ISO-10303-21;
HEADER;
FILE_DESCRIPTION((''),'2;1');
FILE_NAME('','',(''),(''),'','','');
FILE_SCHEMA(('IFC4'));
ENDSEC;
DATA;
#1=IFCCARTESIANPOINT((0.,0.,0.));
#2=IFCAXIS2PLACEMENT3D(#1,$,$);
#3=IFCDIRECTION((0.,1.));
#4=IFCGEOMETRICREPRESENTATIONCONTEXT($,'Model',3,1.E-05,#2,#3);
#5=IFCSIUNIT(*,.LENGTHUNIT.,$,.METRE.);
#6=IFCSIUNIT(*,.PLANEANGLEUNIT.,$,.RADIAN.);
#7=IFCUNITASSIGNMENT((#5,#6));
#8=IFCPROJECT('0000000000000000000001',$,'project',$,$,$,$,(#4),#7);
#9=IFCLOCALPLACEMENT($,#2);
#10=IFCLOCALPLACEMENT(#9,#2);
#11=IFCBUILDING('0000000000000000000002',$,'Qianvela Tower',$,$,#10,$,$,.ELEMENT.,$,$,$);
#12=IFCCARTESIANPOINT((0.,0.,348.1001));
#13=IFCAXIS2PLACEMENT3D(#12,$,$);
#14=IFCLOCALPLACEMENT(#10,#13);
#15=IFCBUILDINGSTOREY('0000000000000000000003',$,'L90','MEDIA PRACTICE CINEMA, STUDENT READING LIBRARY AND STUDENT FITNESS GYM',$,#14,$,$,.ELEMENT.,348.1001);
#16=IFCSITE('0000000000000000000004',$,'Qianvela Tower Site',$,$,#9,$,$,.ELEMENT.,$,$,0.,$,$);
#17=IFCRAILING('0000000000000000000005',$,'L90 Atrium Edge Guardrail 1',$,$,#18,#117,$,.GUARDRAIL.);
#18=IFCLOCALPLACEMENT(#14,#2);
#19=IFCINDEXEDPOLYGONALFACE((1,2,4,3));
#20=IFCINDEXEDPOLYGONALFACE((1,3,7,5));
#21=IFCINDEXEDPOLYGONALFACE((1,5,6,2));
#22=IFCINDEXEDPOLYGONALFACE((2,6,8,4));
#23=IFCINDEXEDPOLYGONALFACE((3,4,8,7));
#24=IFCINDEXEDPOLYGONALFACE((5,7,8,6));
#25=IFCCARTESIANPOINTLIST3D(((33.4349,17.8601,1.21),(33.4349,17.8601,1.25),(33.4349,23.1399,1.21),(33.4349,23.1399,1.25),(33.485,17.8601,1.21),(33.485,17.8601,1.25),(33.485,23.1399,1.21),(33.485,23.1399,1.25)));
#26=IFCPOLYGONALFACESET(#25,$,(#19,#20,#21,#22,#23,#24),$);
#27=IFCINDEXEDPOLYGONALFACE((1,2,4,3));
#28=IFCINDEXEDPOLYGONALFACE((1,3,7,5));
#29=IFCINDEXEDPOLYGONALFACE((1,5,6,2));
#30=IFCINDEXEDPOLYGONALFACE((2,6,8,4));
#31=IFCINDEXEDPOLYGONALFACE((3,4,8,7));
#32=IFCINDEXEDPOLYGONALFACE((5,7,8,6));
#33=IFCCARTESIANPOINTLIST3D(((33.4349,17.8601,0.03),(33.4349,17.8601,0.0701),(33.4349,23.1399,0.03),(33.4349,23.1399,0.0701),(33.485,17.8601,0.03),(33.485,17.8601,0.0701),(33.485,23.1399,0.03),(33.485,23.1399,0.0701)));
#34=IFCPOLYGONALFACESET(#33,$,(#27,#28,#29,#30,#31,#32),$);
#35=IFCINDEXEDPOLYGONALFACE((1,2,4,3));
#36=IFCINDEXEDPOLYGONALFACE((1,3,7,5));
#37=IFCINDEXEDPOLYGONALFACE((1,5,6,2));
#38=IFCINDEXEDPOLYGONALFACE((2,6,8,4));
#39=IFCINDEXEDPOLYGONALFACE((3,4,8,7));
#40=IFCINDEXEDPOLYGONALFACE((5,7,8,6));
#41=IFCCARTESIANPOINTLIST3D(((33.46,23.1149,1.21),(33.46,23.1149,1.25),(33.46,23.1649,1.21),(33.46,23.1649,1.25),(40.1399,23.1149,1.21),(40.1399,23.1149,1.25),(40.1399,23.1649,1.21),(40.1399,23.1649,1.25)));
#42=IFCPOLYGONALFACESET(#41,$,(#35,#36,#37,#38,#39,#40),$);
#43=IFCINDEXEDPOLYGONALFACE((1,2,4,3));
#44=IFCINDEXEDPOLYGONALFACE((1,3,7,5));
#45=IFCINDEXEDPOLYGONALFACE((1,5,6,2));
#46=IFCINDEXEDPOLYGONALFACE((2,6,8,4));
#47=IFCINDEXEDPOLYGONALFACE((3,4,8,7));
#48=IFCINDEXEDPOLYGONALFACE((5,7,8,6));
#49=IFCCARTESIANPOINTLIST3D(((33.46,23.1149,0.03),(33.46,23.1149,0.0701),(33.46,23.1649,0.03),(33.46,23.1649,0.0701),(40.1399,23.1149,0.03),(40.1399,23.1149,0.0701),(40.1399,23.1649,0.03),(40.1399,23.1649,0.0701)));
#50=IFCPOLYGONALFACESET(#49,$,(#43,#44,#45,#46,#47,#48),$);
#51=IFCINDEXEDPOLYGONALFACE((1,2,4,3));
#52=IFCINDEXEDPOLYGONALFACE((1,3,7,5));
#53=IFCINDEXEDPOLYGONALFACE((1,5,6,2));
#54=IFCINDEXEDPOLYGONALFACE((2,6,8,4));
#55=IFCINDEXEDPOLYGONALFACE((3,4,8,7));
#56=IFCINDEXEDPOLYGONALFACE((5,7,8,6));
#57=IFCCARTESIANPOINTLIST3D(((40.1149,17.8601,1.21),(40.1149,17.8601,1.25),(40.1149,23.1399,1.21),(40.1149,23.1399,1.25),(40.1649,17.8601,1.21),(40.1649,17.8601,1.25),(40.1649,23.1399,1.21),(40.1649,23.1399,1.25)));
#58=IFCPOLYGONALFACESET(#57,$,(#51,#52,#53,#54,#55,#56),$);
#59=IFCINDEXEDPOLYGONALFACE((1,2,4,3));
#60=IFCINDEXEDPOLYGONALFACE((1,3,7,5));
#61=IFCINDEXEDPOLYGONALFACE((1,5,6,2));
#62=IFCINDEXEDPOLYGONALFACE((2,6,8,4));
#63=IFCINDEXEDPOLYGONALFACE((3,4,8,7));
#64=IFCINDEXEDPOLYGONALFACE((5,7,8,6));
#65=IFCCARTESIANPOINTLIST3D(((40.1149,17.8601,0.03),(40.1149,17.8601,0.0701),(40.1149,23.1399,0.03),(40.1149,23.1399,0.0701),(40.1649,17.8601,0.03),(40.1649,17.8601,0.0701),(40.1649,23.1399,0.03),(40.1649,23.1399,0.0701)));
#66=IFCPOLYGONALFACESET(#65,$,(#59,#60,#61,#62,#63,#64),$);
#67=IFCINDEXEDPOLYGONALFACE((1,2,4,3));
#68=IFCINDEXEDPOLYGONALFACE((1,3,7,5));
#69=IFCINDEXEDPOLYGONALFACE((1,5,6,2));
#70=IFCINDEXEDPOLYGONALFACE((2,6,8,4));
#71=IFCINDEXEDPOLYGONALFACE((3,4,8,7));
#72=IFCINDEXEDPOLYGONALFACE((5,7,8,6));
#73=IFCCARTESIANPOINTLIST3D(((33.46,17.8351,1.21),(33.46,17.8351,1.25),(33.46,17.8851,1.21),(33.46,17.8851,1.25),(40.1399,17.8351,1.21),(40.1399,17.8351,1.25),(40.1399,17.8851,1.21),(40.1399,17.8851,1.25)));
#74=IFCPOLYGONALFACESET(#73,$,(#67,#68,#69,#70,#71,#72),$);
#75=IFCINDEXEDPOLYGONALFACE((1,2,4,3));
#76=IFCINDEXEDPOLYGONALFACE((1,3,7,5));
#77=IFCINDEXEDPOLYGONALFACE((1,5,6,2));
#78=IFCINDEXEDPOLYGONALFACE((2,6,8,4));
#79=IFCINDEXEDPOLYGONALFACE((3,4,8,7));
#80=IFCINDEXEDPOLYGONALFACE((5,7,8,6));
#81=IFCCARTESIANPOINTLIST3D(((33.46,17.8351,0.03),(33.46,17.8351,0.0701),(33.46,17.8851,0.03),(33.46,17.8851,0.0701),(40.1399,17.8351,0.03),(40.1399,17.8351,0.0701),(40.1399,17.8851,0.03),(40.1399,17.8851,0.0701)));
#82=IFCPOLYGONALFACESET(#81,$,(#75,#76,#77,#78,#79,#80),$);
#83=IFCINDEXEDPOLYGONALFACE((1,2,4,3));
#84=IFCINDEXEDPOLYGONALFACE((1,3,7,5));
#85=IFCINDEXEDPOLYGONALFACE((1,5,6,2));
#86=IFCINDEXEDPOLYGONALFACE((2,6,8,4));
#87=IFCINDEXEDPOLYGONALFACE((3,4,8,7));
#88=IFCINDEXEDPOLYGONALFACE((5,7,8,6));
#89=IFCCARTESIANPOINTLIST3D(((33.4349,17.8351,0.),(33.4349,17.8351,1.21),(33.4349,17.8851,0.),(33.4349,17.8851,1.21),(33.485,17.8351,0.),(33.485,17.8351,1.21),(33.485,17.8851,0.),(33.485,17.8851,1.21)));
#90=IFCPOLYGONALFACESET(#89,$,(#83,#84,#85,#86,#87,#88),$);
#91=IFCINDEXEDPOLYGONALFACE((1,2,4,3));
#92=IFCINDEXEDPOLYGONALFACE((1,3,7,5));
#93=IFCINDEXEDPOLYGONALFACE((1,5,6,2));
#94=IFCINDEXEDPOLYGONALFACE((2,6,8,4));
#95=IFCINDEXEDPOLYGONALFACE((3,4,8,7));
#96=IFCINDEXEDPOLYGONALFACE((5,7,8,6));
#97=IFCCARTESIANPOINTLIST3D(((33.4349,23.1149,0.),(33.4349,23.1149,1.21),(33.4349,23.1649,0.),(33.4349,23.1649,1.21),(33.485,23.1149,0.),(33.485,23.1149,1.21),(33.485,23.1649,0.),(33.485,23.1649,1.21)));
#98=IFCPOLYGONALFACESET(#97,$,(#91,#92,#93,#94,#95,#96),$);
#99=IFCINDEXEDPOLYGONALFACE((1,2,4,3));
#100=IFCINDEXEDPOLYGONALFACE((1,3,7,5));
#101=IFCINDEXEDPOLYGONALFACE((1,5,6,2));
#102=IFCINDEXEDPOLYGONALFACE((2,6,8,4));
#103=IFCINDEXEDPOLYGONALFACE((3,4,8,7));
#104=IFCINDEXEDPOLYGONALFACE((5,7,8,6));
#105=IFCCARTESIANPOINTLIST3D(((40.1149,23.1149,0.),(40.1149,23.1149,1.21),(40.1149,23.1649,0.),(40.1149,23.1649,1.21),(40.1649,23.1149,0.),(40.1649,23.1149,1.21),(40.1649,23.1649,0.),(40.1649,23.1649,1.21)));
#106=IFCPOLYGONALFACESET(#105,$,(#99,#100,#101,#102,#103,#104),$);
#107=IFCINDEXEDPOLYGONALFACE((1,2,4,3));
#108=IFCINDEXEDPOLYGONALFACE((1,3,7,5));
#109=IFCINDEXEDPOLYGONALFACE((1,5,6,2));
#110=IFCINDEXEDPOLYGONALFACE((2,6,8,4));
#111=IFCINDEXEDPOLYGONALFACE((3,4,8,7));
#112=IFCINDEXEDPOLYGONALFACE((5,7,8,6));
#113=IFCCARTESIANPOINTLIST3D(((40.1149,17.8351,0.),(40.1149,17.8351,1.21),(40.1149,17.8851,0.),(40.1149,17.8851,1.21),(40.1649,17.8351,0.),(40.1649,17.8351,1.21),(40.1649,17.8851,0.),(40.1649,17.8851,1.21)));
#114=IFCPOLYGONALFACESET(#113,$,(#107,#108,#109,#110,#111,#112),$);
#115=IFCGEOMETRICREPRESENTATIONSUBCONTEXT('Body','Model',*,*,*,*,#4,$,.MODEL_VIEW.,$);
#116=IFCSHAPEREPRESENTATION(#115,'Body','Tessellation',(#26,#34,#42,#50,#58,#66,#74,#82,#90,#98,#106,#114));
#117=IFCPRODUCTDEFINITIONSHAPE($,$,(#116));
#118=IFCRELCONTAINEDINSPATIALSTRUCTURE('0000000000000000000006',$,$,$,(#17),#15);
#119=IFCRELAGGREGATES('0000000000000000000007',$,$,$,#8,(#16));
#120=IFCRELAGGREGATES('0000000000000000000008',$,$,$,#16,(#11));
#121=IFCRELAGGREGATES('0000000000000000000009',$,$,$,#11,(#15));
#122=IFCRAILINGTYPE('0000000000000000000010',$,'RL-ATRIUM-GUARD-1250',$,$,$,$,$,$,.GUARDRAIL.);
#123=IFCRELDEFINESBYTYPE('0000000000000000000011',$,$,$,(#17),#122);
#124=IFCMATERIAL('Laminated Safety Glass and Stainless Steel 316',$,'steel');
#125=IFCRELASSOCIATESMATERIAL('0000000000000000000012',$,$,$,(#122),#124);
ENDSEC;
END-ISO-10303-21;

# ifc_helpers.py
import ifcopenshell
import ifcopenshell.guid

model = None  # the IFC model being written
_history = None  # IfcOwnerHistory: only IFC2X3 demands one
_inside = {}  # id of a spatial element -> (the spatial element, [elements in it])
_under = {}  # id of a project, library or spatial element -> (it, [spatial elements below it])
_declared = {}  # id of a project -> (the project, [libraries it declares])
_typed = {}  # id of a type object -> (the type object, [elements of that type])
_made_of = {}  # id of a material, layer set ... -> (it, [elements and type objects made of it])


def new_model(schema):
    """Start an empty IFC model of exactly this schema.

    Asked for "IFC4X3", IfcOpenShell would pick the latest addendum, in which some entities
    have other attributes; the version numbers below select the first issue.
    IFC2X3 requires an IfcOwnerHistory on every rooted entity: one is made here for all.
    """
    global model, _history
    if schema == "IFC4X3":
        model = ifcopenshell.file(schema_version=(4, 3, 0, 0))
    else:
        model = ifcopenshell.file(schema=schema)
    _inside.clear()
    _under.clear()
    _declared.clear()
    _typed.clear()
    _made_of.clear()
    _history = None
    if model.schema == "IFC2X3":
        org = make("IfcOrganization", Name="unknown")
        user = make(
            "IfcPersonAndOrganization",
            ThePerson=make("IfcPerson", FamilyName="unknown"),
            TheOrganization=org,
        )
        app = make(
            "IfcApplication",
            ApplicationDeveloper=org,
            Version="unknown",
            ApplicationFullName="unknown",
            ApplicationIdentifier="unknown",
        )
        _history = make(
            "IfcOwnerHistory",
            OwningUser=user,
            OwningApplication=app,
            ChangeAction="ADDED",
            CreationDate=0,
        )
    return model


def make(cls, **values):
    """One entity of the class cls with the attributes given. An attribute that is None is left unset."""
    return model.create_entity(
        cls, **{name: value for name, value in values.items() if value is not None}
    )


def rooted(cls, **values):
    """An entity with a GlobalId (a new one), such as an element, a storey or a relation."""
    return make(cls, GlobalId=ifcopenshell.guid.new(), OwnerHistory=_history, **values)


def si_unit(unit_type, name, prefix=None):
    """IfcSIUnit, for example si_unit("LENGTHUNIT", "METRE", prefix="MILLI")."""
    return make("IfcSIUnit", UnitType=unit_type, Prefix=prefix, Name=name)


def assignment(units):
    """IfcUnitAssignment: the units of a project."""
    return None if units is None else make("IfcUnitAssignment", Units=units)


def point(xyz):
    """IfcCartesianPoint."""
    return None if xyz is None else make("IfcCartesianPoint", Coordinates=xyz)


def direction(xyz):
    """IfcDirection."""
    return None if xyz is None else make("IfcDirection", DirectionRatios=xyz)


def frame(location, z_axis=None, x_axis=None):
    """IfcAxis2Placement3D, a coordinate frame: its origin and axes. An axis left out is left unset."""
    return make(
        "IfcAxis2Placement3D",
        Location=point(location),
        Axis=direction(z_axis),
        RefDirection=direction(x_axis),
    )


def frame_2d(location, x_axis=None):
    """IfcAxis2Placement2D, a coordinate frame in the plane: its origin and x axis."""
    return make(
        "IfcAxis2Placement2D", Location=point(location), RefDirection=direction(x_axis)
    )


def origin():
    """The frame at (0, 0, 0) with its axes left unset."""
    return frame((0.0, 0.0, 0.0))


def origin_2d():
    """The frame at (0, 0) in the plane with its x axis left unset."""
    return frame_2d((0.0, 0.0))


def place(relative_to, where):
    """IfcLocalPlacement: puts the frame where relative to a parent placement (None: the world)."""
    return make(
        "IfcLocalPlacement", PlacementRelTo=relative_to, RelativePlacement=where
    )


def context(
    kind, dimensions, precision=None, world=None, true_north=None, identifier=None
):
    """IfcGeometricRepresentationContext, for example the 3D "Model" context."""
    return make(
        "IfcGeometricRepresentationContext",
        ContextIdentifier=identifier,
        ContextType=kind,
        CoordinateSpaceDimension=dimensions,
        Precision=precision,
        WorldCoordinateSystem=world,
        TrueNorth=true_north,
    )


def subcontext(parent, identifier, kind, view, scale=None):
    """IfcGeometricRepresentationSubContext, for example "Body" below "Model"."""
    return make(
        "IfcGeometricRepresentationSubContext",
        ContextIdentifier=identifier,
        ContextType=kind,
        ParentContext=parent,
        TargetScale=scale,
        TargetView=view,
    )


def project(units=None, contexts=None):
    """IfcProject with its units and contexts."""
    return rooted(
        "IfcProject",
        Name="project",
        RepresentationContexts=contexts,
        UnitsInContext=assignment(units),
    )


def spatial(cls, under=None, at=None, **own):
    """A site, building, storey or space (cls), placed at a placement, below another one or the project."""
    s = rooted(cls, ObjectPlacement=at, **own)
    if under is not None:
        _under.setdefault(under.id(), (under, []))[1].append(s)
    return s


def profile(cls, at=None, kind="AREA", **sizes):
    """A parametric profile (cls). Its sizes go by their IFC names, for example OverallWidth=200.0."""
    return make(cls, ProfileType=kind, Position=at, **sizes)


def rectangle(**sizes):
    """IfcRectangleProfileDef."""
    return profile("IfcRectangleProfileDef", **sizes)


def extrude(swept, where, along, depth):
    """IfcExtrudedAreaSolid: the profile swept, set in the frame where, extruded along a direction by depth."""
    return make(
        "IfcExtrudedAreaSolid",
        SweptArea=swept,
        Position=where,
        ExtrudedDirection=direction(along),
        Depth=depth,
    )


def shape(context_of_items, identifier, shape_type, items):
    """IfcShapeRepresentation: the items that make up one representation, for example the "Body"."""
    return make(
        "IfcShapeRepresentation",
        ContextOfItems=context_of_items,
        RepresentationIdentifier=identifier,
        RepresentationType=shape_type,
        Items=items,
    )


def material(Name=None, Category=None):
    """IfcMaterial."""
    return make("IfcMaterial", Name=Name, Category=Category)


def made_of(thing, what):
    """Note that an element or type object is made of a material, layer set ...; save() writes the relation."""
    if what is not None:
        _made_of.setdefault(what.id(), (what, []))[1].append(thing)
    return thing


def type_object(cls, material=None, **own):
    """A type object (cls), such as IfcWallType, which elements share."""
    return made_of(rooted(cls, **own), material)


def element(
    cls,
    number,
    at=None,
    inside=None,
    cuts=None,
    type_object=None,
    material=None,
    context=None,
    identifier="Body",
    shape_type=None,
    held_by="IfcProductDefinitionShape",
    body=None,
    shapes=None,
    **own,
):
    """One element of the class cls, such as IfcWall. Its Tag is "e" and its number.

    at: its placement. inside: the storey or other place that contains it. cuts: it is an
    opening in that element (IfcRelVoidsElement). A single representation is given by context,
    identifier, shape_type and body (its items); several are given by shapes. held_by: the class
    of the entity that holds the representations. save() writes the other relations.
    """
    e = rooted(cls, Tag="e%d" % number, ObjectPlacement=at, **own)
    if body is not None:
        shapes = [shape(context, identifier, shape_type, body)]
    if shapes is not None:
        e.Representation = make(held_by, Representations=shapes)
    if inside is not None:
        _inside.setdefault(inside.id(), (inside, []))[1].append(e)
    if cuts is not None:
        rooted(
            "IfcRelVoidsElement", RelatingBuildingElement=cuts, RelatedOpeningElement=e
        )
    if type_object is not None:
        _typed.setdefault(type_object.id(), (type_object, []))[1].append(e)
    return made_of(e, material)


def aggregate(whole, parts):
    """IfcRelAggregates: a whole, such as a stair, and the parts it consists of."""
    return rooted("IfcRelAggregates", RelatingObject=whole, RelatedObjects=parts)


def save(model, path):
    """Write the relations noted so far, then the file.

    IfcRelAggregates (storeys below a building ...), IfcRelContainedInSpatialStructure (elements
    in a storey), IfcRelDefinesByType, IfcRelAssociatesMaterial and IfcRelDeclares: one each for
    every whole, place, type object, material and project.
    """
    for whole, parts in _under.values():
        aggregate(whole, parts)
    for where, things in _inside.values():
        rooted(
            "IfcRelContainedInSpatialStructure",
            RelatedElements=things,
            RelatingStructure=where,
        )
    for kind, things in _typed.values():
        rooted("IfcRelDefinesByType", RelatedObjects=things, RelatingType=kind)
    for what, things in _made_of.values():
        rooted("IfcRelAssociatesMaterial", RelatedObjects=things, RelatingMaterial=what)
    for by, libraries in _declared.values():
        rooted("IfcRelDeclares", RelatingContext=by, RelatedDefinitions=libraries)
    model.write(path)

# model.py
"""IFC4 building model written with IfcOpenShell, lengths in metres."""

from ifc_helpers import new_model, si_unit, direction, frame, origin, origin_2d, place, context, subcontext, project, spatial, rectangle, extrude, material, type_object, element, save


model = new_model("IFC4")

# Units and contexts
model_context = context("Model", 3, precision=1e-05, world=origin(), true_north=direction((0.0, 1.0)))
body_context = subcontext(model_context, "Body", "Model", "MODEL_VIEW")
ifc_project = project(units=[si_unit("LENGTHUNIT", "METRE"), si_unit("PLANEANGLEUNIT", "RADIAN")], contexts=[model_context])

# Site, building, storey
site_placement = place(None, origin())
site = spatial("IfcSite", under=ifc_project, at=site_placement, Name="Qianvela Tower Site", CompositionType="ELEMENT", RefElevation=0.0)
building_placement = place(site_placement, origin())
building = spatial("IfcBuilding", under=site, at=building_placement, Name="Qianvela Tower", CompositionType="ELEMENT")
storey_placement = place(building_placement, frame((0.0, 0.0, 348.1001)))
storey = spatial("IfcBuildingStorey", under=building, at=storey_placement, Name="L90", Description="MEDIA PRACTICE CINEMA, STUDENT READING LIBRARY AND STUDENT FITNESS GYM", CompositionType="ELEMENT", Elevation=348.1001)

# Railing
ifc_material_1 = material(Name="Laminated Safety Glass and Stainless Steel 316", Category="steel")
railing_type = type_object("IfcRailingType", Name="RL-ATRIUM-GUARD-1250", PredefinedType="GUARDRAIL", material=ifc_material_1)
railing_placement = place(storey_placement, frame((33.46, 17.8601, 0.0)))
element("IfcRailing", 1, at=railing_placement, inside=storey, type_object=railing_type, Name="L90 Atrium Edge Guardrail 1", PredefinedType="GUARDRAIL", context=body_context, shape_type="SweptSolid", body=[
    extrude(rectangle(XDim=0.05, YDim=0.04, at=origin_2d()), frame((0.0, 0.0, 1.23), z_axis=(0.0, 1.0, 0.0), x_axis=(-1.0, 0.0, 0.0)), (0.0, 0.0, 1.0), 5.2798),
    extrude(rectangle(XDim=0.05, YDim=0.04, at=origin_2d()), frame((0.0, 0.0, 0.05), z_axis=(0.0, 1.0, 0.0), x_axis=(-1.0, 0.0, 0.0)), (0.0, 0.0, 1.0), 5.2798),
    extrude(rectangle(XDim=0.05, YDim=0.04, at=origin_2d()), frame((0.0, 5.2798, 1.23), z_axis=(1.0, 0.0, 0.0), x_axis=(0.0, 1.0, 0.0)), (0.0, 0.0, 1.0), 6.6799),
    extrude(rectangle(XDim=0.05, YDim=0.04, at=origin_2d()), frame((0.0, 5.2798, 0.05), z_axis=(1.0, 0.0, 0.0), x_axis=(0.0, 1.0, 0.0)), (0.0, 0.0, 1.0), 6.6799),
    extrude(rectangle(XDim=0.05, YDim=0.04, at=origin_2d()), frame((6.6799, 5.2798, 1.23), z_axis=(0.0, -1.0, 0.0), x_axis=(1.0, 0.0, 0.0)), (0.0, 0.0, 1.0), 5.2798),
    extrude(rectangle(XDim=0.05, YDim=0.04, at=origin_2d()), frame((6.6799, 5.2798, 0.05), z_axis=(0.0, -1.0, 0.0), x_axis=(1.0, 0.0, 0.0)), (0.0, 0.0, 1.0), 5.2798),
    extrude(rectangle(XDim=0.05, YDim=0.04, at=origin_2d()), frame((6.6799, 0.0, 1.23), z_axis=(-1.0, 0.0, 0.0), x_axis=(0.0, -1.0, 0.0)), (0.0, 0.0, 1.0), 6.6799),
    extrude(rectangle(XDim=0.05, YDim=0.04, at=origin_2d()), frame((6.6799, 0.0, 0.05), z_axis=(-1.0, 0.0, 0.0), x_axis=(0.0, -1.0, 0.0)), (0.0, 0.0, 1.0), 6.6799),
    extrude(rectangle(XDim=0.05, YDim=0.05, at=origin_2d()), origin(), (0.0, 0.0, 1.0), 1.21),
    extrude(rectangle(XDim=0.05, YDim=0.05, at=origin_2d()), frame((0.0, 5.2798, 0.0)), (0.0, 0.0, 1.0), 1.21),
    extrude(rectangle(XDim=0.05, YDim=0.05, at=origin_2d()), frame((6.6799, 5.2798, 0.0)), (0.0, 0.0, 1.0), 1.21),
    extrude(rectangle(XDim=0.05, YDim=0.05, at=origin_2d()), frame((6.6799, 0.0, 0.0)), (0.0, 0.0, 1.0), 1.21),
])

save(model, "model.ifc")
